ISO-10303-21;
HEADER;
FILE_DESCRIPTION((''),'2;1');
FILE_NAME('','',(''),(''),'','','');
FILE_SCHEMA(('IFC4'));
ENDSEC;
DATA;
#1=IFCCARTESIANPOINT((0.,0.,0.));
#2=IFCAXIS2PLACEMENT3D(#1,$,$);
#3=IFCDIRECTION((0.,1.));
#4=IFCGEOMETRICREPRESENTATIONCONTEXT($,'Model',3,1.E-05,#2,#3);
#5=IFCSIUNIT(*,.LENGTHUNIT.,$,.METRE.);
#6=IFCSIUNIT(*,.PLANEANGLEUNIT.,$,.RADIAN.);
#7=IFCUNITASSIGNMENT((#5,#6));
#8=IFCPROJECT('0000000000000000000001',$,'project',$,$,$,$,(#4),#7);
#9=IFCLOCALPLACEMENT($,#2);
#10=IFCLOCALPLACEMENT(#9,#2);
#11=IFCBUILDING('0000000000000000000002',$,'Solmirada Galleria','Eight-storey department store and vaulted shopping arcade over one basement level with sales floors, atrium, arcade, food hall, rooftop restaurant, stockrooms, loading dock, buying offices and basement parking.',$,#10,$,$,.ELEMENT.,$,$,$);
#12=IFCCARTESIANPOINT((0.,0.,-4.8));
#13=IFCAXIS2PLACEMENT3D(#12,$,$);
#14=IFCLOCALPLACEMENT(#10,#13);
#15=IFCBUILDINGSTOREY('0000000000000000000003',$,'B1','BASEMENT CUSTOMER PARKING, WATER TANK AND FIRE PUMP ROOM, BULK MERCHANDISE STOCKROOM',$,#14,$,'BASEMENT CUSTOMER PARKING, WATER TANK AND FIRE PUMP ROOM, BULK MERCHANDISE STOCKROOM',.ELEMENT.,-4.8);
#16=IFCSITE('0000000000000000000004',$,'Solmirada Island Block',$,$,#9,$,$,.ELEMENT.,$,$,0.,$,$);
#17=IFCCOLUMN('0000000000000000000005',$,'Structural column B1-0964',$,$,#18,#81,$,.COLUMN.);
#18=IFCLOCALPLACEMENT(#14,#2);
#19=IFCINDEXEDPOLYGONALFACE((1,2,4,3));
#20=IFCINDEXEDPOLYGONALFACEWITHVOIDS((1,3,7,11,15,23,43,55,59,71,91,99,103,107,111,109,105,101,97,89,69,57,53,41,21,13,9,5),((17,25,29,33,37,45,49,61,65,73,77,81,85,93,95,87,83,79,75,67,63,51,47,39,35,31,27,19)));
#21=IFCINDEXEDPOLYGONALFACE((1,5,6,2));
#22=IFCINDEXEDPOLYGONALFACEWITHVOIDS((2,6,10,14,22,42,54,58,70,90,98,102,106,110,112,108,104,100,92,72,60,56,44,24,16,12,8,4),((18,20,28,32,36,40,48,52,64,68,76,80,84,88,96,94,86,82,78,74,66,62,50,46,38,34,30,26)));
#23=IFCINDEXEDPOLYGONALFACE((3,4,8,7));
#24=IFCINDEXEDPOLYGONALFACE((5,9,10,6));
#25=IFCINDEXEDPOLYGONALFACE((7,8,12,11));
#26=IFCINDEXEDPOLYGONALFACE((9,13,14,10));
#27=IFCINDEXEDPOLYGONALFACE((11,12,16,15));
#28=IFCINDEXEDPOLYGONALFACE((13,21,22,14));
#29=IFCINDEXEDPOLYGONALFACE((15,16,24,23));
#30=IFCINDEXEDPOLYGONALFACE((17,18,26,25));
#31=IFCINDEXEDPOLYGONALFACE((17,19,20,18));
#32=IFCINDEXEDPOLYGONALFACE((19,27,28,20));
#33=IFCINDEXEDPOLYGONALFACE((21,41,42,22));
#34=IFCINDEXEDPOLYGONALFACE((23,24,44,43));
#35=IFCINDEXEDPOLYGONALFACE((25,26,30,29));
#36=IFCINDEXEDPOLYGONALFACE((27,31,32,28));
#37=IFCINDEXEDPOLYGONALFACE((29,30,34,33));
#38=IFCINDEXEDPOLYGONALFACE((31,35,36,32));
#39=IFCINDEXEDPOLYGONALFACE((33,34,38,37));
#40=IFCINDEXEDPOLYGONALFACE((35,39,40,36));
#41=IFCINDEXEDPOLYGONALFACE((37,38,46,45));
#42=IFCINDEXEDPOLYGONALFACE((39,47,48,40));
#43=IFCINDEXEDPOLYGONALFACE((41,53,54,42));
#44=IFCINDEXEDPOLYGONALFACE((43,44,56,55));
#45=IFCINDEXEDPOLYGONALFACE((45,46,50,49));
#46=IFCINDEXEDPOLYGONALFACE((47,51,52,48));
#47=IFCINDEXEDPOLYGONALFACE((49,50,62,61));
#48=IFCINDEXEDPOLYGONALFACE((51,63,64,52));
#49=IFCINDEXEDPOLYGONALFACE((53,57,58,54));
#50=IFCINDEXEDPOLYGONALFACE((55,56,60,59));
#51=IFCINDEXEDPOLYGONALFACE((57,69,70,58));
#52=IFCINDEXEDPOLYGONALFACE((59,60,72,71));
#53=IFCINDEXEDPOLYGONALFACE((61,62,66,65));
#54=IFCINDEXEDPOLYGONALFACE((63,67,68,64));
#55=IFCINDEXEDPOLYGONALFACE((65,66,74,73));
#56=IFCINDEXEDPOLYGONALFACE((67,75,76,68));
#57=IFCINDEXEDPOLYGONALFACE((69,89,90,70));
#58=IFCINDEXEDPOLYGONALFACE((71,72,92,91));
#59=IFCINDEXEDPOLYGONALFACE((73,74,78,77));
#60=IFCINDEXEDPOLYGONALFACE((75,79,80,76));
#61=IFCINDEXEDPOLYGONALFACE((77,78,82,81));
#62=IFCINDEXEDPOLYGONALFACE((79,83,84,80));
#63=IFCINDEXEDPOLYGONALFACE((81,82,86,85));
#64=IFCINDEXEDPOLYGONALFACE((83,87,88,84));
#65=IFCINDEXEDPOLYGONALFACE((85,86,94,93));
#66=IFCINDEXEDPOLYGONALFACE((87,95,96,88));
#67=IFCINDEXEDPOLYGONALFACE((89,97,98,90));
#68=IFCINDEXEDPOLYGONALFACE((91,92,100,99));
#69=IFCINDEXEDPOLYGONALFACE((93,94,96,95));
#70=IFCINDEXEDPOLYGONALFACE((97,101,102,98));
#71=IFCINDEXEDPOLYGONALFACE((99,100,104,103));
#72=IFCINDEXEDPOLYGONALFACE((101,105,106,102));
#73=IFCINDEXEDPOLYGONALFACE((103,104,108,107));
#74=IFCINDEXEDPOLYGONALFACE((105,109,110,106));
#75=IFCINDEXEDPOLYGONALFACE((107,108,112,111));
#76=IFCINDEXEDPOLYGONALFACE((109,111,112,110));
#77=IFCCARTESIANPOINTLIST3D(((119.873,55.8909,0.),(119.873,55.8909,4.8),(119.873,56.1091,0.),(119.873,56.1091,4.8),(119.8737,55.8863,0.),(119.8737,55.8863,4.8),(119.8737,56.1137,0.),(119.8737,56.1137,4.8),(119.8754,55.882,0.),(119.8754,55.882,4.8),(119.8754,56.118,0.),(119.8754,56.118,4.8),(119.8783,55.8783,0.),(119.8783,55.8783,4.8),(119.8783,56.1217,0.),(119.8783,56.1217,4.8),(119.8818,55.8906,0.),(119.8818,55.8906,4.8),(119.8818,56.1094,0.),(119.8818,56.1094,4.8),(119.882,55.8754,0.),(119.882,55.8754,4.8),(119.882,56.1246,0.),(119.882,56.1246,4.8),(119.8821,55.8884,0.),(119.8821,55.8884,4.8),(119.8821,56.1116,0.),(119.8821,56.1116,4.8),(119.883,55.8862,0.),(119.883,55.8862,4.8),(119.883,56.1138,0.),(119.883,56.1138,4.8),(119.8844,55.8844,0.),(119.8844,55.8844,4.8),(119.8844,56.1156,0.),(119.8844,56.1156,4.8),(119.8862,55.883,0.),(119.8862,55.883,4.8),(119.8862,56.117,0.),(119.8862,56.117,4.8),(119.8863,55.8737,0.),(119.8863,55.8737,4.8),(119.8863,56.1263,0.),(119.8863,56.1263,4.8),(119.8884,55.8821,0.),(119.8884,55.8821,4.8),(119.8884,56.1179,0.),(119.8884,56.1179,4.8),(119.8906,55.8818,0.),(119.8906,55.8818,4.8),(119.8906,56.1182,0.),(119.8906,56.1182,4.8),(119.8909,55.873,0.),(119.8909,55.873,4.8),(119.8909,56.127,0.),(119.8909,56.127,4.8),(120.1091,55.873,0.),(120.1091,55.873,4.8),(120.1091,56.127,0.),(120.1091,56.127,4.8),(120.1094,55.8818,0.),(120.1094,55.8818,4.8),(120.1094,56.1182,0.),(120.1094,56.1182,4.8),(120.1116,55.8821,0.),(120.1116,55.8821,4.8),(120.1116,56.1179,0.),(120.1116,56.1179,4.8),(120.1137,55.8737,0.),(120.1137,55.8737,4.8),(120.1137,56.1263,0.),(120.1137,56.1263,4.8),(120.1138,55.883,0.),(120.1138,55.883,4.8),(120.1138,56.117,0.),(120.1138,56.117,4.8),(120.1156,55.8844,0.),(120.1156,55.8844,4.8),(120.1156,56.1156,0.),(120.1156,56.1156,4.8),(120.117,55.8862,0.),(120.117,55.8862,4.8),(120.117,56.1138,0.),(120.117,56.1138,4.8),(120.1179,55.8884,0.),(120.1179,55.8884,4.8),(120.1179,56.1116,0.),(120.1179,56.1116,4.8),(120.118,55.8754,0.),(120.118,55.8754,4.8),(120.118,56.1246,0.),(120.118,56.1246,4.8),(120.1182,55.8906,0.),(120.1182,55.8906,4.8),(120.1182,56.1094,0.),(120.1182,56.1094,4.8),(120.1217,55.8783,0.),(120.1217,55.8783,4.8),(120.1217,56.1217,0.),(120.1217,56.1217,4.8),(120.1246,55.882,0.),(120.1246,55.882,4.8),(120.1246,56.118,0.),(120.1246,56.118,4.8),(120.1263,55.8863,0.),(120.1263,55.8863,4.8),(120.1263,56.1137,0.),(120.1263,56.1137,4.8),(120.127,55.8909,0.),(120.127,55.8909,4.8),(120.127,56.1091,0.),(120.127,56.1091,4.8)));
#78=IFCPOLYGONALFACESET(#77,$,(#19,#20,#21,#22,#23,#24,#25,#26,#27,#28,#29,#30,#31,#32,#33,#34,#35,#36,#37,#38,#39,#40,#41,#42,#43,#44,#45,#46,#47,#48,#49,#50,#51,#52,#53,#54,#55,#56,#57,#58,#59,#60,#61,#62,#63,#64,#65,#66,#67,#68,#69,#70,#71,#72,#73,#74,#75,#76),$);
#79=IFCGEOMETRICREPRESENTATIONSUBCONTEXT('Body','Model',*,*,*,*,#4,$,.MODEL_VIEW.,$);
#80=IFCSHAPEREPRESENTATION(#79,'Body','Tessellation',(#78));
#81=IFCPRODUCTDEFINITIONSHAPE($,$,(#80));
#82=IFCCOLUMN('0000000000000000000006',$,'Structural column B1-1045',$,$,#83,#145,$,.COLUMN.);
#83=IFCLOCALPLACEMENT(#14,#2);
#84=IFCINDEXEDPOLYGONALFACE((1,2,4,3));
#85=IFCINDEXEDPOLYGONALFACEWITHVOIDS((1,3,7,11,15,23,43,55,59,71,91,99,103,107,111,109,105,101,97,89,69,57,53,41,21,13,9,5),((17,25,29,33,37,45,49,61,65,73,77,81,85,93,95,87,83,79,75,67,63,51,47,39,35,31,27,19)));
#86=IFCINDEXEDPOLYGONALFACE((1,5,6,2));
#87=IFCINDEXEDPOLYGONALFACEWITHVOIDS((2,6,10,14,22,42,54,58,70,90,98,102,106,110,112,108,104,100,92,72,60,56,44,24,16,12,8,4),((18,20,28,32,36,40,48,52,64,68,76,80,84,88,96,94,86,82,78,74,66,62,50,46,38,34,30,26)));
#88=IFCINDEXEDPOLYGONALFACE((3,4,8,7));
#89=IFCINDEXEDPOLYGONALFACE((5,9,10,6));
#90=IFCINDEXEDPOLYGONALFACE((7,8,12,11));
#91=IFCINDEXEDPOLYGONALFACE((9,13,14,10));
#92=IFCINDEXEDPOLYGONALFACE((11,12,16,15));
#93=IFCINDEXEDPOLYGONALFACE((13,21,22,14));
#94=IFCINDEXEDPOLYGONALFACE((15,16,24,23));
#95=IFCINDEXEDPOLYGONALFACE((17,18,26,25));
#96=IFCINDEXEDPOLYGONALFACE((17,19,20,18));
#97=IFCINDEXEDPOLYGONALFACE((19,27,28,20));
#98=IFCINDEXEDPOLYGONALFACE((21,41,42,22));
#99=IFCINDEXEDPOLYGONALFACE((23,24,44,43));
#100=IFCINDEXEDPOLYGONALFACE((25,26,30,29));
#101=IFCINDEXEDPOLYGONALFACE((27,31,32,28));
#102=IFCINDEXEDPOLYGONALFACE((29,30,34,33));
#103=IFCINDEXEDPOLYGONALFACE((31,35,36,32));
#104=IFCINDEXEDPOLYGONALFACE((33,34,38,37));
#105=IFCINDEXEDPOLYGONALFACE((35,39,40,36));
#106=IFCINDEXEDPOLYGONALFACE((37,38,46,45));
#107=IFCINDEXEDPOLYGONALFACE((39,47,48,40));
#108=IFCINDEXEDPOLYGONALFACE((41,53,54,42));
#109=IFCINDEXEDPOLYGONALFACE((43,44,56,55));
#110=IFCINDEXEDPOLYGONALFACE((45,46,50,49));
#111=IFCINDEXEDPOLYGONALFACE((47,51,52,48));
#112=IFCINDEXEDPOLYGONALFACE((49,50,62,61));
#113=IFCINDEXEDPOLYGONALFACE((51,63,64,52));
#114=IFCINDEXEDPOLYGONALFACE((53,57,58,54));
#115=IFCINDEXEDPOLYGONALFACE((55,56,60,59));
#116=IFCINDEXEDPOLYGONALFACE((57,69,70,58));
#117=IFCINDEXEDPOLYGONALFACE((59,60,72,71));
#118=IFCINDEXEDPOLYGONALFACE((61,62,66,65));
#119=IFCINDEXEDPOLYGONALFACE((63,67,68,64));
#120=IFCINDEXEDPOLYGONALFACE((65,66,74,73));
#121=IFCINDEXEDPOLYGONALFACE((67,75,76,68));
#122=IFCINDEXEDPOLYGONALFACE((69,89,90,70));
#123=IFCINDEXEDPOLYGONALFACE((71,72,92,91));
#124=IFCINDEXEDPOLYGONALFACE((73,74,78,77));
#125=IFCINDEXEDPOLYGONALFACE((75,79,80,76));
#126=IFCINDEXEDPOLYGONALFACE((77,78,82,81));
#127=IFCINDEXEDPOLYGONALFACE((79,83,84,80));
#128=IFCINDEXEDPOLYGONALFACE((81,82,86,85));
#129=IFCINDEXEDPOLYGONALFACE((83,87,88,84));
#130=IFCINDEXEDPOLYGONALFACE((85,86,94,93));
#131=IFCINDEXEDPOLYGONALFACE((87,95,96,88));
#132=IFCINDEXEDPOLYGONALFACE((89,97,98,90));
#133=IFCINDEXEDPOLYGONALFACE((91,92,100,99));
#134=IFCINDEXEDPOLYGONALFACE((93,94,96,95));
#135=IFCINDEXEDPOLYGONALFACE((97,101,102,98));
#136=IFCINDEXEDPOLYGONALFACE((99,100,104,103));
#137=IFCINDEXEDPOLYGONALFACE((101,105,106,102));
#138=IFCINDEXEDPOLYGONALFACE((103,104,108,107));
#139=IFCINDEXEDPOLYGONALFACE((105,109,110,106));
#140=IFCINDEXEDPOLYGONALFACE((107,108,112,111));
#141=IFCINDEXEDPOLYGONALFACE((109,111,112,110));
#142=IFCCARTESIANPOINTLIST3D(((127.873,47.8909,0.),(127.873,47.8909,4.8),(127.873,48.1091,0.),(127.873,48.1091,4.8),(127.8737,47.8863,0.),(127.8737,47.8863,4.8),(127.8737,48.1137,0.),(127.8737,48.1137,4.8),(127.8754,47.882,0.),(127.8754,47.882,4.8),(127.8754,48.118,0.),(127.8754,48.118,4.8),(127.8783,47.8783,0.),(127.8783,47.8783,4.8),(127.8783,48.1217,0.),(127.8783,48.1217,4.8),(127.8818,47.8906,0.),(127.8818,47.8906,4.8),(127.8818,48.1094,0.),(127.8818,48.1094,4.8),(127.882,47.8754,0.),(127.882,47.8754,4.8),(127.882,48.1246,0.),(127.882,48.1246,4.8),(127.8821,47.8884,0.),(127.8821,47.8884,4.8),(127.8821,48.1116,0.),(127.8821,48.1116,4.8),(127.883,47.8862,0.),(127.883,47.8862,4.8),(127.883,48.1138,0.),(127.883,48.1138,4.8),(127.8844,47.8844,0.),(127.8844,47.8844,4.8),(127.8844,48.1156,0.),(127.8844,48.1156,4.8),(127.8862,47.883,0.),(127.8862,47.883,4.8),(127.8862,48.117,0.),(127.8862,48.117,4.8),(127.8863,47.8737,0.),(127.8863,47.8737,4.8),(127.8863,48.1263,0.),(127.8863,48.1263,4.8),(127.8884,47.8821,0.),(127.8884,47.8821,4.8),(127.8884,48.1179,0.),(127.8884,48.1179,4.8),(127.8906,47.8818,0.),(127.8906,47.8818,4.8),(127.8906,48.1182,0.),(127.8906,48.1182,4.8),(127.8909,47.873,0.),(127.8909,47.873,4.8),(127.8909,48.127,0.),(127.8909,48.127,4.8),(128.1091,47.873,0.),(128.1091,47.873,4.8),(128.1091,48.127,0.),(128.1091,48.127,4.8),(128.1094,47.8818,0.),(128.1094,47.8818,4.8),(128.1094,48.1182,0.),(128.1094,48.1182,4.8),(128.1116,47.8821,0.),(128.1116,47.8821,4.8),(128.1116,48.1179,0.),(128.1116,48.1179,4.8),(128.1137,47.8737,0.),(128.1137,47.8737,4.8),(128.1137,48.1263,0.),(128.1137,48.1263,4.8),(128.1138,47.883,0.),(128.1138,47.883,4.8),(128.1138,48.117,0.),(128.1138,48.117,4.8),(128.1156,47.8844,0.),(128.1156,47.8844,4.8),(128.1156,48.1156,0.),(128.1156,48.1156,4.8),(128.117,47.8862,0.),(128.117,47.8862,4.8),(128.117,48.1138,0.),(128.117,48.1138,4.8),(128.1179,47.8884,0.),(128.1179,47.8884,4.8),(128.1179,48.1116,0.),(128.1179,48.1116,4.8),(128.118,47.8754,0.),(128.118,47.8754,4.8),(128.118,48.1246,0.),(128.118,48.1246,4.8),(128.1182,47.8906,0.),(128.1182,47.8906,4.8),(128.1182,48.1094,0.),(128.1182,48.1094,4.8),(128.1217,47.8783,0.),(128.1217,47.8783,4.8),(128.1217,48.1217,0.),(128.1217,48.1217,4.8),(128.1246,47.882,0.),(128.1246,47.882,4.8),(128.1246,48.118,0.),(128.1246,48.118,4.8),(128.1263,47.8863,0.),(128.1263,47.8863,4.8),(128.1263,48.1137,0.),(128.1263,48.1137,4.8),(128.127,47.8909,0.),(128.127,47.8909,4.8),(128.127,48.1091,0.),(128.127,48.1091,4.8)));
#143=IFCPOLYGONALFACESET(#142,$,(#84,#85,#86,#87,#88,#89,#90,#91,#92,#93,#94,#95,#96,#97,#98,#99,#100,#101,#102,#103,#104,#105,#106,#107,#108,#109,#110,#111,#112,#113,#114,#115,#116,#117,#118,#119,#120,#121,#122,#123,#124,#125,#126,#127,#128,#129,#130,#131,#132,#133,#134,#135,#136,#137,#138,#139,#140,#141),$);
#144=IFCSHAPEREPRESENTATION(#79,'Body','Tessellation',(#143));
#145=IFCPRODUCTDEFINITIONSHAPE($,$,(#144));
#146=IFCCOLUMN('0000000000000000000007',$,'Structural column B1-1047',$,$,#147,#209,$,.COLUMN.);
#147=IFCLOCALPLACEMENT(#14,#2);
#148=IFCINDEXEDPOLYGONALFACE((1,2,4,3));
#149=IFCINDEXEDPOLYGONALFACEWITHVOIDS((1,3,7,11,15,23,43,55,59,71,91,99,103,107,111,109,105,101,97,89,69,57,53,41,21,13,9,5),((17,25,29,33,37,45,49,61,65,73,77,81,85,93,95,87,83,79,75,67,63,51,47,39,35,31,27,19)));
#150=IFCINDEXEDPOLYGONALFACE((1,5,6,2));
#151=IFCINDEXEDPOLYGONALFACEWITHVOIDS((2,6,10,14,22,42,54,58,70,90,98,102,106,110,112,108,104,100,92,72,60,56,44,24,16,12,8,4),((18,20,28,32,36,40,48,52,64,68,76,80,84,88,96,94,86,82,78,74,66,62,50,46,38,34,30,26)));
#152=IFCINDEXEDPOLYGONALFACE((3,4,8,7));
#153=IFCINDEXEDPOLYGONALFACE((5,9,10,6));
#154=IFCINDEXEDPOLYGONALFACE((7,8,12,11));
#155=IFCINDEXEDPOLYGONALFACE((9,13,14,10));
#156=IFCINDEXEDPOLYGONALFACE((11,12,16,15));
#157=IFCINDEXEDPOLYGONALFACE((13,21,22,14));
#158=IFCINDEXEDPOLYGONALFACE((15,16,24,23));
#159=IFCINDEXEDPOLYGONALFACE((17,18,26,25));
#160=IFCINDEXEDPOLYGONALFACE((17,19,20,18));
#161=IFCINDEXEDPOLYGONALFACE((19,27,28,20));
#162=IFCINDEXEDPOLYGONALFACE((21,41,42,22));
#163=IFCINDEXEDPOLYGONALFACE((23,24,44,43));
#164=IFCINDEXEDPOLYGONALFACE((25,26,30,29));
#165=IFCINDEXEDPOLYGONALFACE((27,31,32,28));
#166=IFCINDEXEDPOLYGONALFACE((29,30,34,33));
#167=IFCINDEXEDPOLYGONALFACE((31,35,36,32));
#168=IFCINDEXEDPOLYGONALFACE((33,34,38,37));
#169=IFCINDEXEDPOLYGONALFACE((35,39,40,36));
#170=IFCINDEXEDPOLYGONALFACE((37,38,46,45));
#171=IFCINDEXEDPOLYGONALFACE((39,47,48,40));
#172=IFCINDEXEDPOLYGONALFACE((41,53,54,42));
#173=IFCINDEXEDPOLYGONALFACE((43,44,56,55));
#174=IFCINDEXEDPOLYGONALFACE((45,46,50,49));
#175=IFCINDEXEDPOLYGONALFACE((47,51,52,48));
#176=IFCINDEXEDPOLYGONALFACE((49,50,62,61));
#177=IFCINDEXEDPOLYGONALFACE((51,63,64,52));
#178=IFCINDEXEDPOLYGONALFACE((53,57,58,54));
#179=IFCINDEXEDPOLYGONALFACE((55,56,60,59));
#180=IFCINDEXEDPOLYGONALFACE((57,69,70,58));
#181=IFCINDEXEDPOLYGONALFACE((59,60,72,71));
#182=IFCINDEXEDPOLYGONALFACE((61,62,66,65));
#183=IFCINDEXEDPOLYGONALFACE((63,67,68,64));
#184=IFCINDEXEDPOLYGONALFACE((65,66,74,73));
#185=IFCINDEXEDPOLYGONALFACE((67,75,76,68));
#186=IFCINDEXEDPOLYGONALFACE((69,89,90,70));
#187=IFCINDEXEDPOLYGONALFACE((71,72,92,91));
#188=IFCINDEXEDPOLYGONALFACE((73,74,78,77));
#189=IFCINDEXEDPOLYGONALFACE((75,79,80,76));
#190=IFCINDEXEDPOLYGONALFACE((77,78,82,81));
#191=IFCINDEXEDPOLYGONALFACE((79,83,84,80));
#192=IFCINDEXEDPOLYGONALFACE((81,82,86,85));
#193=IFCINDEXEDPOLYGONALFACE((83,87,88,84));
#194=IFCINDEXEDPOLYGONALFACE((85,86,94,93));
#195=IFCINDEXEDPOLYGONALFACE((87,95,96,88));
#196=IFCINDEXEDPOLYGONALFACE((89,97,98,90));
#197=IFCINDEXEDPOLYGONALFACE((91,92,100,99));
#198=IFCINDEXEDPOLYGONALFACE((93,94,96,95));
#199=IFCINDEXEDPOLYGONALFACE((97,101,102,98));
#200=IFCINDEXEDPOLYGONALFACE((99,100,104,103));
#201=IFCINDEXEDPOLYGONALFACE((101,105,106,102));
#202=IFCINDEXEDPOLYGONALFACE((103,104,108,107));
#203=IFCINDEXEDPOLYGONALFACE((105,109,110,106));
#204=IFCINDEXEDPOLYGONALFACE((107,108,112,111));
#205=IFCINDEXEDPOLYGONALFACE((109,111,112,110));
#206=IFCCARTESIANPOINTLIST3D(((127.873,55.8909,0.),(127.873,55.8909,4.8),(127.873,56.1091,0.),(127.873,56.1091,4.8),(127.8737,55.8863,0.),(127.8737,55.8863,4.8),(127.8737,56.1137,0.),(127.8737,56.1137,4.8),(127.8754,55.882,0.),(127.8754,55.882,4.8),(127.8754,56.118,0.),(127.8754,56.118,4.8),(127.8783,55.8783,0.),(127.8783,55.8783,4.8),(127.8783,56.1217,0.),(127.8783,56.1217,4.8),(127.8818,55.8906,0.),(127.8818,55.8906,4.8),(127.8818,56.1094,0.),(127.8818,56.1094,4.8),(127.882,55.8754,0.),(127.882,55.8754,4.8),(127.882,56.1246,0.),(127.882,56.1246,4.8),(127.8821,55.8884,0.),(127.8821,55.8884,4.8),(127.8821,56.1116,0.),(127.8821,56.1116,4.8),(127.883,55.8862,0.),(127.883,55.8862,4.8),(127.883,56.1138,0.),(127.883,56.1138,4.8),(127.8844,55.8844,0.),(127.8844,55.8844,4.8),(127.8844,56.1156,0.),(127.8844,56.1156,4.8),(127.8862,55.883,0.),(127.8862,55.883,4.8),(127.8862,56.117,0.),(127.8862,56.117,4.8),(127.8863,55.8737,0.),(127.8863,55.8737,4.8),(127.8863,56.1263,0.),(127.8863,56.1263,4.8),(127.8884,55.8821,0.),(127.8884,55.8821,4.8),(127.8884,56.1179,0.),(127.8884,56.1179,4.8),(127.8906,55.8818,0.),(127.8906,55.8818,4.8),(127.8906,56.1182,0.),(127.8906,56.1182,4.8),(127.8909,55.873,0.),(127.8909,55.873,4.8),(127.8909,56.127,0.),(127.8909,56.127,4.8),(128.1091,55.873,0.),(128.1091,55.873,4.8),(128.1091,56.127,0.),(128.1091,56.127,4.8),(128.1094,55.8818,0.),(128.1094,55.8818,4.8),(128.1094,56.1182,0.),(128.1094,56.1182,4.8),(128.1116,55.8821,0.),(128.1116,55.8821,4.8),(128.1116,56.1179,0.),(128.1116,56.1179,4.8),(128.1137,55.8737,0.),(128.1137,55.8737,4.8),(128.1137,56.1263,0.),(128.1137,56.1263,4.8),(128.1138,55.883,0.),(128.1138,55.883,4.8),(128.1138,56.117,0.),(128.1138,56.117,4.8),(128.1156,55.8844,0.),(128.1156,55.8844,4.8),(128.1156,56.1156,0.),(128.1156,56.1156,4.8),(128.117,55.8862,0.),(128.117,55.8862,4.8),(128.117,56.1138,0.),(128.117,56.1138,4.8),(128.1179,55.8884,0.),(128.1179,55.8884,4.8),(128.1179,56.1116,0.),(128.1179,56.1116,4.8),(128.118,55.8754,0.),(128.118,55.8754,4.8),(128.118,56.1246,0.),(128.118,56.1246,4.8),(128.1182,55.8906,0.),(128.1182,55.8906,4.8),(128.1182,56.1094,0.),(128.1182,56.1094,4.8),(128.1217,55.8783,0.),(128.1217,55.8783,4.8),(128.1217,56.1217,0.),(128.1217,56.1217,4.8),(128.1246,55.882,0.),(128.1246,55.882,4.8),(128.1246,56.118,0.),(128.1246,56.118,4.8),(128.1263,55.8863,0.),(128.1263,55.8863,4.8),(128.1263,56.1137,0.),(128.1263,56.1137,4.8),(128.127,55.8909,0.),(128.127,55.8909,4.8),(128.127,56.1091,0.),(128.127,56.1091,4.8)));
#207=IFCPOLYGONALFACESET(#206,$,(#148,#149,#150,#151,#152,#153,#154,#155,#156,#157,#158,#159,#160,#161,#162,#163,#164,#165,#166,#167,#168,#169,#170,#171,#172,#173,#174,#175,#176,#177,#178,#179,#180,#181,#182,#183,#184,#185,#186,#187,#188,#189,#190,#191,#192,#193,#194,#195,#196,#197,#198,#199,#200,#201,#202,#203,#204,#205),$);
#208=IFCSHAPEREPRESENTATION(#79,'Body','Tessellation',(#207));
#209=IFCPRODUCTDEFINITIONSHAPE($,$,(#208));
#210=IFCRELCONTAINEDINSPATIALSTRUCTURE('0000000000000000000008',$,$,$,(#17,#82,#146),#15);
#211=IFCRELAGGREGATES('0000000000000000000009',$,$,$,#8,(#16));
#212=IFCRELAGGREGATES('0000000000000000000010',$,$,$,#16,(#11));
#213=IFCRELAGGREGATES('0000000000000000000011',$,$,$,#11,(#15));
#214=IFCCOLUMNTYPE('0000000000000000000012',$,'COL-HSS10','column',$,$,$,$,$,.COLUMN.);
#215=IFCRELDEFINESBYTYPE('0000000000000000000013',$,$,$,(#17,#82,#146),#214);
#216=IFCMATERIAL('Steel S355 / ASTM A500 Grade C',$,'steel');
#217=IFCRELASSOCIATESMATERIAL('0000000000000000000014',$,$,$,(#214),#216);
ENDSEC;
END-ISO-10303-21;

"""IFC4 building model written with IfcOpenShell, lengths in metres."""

from ifc_helpers import new_model, si_unit, direction, frame, origin, origin_2d, place, context, subcontext, project, spatial, hollow_rectangle, extrude, material, material_profile, profile_set, type_object, element, save


model = new_model("IFC4")

# Units and contexts
model_context = context("Model", 3, precision=1e-05, world=origin(), true_north=direction((0.0, 1.0)))
body_context = subcontext(model_context, "Body", "Model", "MODEL_VIEW")
ifc_project = project(units=[si_unit("LENGTHUNIT", "METRE"), si_unit("PLANEANGLEUNIT", "RADIAN")], contexts=[model_context])

# Site, building, storey
site_placement = place(None, origin())
site = spatial("IfcSite", under=ifc_project, at=site_placement, Name="Solmirada Island Block", CompositionType="ELEMENT", RefElevation=0.0)
building_placement = place(site_placement, origin())
building = spatial("IfcBuilding", under=site, at=building_placement, Name="Solmirada Galleria", Description="Eight-storey department store and vaulted shopping arcade over one basement level with sales floors, atrium, arcade, food hall, rooftop restaurant, stockrooms, loading dock, buying offices and basement parking.", CompositionType="ELEMENT")
storey_placement = place(building_placement, frame((0.0, 0.0, -4.8)))
storey = spatial("IfcBuildingStorey", under=building, at=storey_placement, Name="B1", Description="BASEMENT CUSTOMER PARKING, WATER TANK AND FIRE PUMP ROOM, BULK MERCHANDISE STOCKROOM", LongName="BASEMENT CUSTOMER PARKING, WATER TANK AND FIRE PUMP ROOM, BULK MERCHANDISE STOCKROOM", CompositionType="ELEMENT", Elevation=-4.8)

# Columns
ifc_material_1 = material(Name="Steel S355 / ASTM A500 Grade C", Category="steel")
ifc_material_profile_1 = material_profile(ifc_material_1, hollow_rectangle(XDim=0.2539, YDim=0.2539, WallThickness=0.0088, InnerFilletRadius=0.0088, OuterFilletRadius=0.0178, at=origin_2d()), Name="HSS10X10X3/8")
ifc_profile_set_1 = profile_set([ifc_material_profile_1], Name="Steel S355 / ASTM A500 Grade C")
column_type = type_object("IfcColumnType", Name="COL-HSS10", Description="column", PredefinedType="COLUMN", material=ifc_profile_set_1)
for number, where, z_axis, x_axis, name in (
    (1, (120.0, 56.0, 0.0), (0.0, 0.0, 1.0), (1.0, 0.0, 0.0), "Structural column B1-0964"),
    (2, (128.0, 48.0, 0.0), (0.0, 0.0, 1.0), (1.0, 0.0, 0.0), "Structural column B1-1045"),
    (3, (128.0, 56.0, 0.0), (0.0, 0.0, 1.0), (1.0, 0.0, 0.0), "Structural column B1-1047"),
):
    element("IfcColumn", number, at=place(storey_placement, frame(where, z_axis=z_axis, x_axis=x_axis)), inside=storey, type_object=column_type, Name=name, PredefinedType="COLUMN", context=body_context, shape_type="SweptSolid", body=[
        extrude(hollow_rectangle(XDim=0.2539, YDim=0.2539, WallThickness=0.0088, InnerFilletRadius=0.0088, OuterFilletRadius=0.0178, at=origin_2d()), origin(), (0.0, 0.0, 1.0), 4.8),
    ])

save(model, "model.ifc")
